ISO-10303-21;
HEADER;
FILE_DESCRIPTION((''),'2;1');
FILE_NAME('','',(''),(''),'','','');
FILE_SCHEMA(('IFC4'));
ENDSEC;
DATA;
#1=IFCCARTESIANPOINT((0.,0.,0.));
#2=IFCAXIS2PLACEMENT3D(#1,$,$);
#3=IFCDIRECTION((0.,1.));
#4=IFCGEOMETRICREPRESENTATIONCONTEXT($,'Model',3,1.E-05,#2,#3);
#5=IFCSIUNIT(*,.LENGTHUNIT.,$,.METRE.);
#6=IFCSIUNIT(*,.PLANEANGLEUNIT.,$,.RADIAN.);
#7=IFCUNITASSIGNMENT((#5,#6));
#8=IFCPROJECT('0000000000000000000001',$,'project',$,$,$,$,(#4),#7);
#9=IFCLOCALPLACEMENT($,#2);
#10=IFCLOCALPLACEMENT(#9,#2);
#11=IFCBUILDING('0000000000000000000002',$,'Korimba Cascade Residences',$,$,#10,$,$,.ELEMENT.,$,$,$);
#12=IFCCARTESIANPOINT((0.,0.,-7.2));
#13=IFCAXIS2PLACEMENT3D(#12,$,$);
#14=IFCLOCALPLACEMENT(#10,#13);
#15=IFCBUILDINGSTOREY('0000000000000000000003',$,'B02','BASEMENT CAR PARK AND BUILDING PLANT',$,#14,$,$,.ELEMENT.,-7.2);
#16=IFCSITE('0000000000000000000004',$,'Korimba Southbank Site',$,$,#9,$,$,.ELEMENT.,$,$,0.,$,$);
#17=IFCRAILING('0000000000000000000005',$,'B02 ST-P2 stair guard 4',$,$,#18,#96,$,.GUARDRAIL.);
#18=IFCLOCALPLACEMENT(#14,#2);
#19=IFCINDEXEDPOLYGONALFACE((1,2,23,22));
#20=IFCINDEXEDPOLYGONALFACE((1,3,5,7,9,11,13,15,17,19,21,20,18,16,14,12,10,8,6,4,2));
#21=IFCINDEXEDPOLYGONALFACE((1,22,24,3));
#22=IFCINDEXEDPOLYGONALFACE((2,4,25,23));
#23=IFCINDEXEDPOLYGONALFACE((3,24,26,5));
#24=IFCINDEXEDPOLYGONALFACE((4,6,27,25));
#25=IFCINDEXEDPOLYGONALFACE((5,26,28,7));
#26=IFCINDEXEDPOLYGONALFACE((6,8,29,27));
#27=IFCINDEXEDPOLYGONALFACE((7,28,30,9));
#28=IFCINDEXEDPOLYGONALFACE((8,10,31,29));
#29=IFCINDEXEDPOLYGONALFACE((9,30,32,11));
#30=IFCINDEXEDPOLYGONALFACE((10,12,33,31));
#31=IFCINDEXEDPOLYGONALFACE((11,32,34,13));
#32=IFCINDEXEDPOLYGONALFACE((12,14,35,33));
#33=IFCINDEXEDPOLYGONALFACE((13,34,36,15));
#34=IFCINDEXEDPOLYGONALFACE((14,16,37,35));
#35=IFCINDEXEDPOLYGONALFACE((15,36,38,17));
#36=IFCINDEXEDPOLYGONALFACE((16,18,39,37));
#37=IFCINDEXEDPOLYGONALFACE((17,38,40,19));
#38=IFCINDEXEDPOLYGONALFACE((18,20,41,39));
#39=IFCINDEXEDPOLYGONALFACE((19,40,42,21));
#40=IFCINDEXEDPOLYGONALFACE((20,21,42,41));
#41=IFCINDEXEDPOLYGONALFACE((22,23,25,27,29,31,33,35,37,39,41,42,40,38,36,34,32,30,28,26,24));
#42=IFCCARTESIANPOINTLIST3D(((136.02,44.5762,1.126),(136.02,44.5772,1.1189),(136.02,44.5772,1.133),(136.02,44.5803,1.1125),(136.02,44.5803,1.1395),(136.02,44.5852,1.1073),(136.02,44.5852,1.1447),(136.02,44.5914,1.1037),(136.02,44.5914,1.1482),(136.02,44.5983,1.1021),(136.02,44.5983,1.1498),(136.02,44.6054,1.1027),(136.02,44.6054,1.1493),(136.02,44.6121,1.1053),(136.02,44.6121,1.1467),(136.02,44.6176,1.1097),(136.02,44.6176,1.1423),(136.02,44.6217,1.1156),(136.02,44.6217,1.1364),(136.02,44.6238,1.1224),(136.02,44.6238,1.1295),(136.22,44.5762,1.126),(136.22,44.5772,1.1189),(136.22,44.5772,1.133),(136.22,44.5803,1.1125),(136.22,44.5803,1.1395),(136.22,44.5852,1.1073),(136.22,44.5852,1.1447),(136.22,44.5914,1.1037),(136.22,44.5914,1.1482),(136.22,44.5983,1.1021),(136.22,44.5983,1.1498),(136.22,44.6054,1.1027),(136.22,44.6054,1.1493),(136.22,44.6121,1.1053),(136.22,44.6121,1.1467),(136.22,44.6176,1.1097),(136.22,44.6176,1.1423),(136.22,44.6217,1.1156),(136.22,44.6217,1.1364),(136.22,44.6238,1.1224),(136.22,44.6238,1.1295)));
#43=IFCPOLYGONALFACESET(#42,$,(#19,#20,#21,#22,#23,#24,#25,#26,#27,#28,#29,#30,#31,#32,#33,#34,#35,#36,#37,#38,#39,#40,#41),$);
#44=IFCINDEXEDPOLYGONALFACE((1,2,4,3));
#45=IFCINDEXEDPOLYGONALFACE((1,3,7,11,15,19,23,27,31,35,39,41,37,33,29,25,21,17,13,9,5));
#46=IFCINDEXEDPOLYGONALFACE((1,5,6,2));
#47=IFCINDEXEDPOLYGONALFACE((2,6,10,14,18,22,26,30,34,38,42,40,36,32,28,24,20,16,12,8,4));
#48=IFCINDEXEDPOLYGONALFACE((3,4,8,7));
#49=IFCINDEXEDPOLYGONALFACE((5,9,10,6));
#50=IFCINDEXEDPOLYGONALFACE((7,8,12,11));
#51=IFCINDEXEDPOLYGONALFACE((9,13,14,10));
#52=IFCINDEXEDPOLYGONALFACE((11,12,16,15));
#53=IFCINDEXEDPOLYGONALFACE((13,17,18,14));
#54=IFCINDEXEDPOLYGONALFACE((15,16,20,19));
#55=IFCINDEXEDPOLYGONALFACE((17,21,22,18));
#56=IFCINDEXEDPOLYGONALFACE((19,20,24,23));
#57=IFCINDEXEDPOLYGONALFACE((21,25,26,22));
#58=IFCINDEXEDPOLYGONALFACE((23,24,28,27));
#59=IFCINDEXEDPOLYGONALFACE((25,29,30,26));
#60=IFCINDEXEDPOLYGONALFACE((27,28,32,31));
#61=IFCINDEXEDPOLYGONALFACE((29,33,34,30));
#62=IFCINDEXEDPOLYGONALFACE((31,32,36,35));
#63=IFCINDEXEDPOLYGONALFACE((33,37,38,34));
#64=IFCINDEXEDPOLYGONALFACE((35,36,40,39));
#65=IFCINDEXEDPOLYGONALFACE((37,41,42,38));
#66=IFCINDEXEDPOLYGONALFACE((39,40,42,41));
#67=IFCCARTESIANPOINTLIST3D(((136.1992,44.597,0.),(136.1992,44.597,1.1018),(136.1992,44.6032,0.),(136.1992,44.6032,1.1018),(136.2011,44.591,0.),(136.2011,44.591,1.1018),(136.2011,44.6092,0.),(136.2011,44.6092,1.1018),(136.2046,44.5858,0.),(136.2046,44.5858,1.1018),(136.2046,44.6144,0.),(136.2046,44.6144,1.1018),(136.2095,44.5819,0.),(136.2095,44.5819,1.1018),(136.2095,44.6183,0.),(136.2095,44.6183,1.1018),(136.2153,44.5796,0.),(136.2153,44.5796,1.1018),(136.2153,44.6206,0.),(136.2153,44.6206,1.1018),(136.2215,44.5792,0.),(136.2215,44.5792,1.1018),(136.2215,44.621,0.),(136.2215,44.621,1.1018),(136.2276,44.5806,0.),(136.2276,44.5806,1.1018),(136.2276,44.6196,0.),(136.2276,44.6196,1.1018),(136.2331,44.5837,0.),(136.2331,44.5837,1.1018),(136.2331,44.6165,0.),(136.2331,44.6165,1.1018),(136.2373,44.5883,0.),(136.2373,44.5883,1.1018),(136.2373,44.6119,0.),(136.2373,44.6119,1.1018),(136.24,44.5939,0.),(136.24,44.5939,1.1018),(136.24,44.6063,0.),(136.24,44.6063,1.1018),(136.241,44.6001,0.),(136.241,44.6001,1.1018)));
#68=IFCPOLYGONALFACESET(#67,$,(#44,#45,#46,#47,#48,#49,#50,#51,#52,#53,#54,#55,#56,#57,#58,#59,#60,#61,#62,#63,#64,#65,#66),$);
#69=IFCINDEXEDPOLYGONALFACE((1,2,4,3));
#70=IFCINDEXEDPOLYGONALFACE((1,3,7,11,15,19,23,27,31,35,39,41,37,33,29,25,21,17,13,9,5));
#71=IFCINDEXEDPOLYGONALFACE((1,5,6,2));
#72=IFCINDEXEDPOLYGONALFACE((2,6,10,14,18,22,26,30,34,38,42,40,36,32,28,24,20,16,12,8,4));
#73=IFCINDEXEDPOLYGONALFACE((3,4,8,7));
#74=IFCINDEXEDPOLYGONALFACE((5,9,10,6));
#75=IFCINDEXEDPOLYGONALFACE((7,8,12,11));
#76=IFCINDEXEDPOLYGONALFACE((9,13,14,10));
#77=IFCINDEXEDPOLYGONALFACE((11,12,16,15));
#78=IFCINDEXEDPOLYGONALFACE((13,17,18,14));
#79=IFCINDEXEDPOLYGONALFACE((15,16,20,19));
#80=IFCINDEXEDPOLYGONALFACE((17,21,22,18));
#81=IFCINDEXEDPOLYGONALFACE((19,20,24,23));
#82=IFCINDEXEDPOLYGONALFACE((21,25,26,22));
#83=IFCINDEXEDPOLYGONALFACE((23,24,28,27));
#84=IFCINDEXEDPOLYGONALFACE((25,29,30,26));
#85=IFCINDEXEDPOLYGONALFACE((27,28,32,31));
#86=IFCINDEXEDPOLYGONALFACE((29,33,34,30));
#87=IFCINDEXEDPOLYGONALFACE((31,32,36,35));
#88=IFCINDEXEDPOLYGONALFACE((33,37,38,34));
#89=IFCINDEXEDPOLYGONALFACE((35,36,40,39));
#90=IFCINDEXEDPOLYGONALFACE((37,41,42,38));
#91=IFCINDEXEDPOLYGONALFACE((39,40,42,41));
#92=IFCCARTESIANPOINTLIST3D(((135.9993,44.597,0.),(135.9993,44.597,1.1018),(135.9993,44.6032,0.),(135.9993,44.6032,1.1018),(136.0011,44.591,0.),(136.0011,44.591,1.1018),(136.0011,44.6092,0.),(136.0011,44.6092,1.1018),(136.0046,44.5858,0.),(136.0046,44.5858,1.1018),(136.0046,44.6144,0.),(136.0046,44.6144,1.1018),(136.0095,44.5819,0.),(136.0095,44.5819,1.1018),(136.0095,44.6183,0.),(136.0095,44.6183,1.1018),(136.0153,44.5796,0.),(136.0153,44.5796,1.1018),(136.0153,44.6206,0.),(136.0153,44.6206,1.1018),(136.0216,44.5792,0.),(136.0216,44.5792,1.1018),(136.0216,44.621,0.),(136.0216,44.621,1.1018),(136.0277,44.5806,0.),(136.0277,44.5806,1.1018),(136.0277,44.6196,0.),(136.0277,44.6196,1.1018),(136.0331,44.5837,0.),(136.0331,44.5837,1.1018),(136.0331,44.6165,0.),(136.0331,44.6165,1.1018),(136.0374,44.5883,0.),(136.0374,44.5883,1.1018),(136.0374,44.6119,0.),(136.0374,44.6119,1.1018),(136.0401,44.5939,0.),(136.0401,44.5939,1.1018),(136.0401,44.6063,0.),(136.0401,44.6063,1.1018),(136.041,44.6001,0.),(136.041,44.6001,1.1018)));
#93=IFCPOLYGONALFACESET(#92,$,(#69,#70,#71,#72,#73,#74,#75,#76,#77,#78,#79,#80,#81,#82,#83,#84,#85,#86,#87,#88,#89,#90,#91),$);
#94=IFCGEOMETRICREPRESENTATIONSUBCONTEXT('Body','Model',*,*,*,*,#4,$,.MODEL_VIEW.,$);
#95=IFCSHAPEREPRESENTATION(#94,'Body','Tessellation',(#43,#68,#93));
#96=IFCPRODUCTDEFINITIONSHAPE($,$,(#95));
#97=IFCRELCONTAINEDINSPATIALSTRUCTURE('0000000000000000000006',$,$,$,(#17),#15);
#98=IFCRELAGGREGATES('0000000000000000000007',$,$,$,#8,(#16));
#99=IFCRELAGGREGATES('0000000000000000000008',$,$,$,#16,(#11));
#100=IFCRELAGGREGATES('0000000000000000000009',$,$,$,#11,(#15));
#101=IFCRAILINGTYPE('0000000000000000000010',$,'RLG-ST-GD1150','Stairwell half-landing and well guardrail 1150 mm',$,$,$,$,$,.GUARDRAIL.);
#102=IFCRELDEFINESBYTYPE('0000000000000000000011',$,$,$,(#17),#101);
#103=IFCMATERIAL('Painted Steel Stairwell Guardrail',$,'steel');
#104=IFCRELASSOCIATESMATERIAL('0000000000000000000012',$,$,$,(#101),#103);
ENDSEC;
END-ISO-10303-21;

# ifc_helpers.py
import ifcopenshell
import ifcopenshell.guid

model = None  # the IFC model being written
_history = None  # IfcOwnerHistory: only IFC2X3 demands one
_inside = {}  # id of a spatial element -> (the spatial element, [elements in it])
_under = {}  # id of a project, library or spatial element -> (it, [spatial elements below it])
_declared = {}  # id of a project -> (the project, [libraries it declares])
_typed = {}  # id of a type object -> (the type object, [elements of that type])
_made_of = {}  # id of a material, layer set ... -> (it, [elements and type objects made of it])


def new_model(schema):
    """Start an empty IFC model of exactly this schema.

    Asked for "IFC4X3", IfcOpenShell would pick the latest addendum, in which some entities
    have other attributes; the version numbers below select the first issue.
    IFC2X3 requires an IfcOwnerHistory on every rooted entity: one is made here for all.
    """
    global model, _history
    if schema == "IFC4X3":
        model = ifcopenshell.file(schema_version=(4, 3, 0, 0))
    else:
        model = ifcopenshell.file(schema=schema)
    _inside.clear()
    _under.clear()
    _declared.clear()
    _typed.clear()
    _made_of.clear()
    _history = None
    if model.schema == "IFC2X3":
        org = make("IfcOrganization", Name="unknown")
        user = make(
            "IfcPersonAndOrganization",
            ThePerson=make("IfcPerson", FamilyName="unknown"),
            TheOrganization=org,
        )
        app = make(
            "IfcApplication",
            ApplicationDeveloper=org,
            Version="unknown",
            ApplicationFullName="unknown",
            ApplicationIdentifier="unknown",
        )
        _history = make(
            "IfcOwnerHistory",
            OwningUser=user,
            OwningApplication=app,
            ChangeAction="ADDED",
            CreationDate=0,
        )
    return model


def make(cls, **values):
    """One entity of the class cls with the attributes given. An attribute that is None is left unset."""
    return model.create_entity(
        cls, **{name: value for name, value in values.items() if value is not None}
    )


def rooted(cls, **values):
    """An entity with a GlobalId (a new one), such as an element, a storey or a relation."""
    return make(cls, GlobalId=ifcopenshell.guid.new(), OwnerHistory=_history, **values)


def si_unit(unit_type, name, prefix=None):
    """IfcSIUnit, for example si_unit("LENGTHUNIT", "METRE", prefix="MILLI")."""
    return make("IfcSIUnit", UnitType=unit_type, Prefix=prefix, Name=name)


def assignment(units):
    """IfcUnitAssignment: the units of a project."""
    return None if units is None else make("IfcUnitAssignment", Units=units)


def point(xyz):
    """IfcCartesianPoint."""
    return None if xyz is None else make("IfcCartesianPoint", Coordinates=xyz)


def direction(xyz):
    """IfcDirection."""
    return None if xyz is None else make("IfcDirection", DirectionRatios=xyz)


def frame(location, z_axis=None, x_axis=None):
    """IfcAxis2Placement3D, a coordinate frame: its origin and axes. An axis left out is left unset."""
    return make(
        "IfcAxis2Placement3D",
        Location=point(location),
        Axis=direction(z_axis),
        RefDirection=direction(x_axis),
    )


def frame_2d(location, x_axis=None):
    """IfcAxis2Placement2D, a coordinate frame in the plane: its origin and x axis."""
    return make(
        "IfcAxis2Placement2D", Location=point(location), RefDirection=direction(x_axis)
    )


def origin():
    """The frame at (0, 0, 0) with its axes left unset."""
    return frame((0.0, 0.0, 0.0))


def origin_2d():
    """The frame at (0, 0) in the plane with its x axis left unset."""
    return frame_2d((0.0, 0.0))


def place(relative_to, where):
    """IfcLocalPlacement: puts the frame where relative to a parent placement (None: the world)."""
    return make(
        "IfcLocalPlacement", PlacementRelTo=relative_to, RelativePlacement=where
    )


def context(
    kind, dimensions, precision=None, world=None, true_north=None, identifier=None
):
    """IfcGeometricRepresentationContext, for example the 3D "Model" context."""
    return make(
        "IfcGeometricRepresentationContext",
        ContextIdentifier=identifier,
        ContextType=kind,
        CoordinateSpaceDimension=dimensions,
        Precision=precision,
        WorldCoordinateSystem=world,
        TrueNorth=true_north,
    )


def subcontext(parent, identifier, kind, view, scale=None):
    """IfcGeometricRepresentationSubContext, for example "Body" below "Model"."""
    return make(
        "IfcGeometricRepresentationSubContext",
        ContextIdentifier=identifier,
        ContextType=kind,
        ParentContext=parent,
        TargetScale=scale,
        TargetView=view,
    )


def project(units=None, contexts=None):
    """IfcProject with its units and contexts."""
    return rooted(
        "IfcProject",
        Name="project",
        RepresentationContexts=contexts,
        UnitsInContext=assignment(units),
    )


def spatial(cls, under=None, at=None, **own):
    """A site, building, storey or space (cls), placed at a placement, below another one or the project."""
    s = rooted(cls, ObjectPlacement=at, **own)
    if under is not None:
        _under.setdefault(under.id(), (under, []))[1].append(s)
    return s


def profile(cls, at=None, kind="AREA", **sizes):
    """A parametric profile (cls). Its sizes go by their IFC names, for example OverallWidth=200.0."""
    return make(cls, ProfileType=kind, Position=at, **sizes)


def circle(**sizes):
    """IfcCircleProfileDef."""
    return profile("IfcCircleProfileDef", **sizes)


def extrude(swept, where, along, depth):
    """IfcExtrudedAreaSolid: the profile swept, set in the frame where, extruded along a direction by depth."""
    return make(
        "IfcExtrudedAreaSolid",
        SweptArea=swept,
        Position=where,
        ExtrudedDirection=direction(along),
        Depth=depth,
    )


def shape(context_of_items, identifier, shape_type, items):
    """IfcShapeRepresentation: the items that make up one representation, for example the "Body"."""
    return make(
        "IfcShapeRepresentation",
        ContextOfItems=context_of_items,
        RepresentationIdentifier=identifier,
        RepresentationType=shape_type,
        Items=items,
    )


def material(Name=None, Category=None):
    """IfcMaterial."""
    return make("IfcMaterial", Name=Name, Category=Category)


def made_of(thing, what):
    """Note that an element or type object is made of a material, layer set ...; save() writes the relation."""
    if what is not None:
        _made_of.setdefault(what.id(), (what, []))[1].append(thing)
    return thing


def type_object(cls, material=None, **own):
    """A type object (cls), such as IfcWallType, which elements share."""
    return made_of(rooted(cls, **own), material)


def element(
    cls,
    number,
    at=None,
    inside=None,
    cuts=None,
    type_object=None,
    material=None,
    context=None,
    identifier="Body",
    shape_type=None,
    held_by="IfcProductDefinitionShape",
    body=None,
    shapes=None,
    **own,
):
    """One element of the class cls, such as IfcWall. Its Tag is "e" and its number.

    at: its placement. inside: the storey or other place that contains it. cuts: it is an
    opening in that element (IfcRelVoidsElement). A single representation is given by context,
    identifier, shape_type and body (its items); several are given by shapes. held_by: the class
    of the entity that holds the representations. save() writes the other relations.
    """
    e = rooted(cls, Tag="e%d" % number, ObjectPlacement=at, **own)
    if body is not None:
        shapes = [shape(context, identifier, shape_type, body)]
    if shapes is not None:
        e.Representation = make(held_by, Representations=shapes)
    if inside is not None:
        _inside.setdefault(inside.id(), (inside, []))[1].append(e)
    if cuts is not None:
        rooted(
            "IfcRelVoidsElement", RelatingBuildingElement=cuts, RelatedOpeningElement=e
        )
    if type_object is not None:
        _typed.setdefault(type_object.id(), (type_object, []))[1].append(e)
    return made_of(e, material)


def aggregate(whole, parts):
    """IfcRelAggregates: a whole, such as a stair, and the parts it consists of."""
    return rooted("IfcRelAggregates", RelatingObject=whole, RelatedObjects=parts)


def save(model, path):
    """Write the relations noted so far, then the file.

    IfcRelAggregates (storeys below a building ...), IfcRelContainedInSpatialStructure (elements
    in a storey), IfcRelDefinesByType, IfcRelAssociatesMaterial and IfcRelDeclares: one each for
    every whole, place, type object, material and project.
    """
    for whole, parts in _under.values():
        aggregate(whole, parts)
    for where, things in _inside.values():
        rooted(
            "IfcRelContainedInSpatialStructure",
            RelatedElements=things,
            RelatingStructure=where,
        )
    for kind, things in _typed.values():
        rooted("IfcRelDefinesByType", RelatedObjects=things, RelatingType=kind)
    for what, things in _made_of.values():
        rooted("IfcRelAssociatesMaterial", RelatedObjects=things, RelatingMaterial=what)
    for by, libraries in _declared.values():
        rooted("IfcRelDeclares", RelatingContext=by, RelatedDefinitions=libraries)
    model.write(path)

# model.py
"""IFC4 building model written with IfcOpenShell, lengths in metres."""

from ifc_helpers import new_model, si_unit, direction, frame, origin, origin_2d, place, context, subcontext, project, spatial, circle, extrude, material, type_object, element, save


model = new_model("IFC4")

# Units and contexts
model_context = context("Model", 3, precision=1e-05, world=origin(), true_north=direction((0.0, 1.0)))
body_context = subcontext(model_context, "Body", "Model", "MODEL_VIEW")
ifc_project = project(units=[si_unit("LENGTHUNIT", "METRE"), si_unit("PLANEANGLEUNIT", "RADIAN")], contexts=[model_context])

# Site, building, storey
site_placement = place(None, origin())
site = spatial("IfcSite", under=ifc_project, at=site_placement, Name="Korimba Southbank Site", CompositionType="ELEMENT", RefElevation=0.0)
building_placement = place(site_placement, origin())
building = spatial("IfcBuilding", under=site, at=building_placement, Name="Korimba Cascade Residences", CompositionType="ELEMENT")
storey_placement = place(building_placement, frame((0.0, 0.0, -7.2)))
storey = spatial("IfcBuildingStorey", under=building, at=storey_placement, Name="B02", Description="BASEMENT CAR PARK AND BUILDING PLANT", CompositionType="ELEMENT", Elevation=-7.2)

# Railing
ifc_material_1 = material(Name="Painted Steel Stairwell Guardrail", Category="steel")
railing_type_1 = type_object("IfcRailingType", Name="RLG-ST-GD1150", Description="Stairwell half-landing and well guardrail 1150 mm", PredefinedType="GUARDRAIL", material=ifc_material_1)
railing_1_placement = place(storey_placement, frame((136.22, 44.6001, 0.0)))
element("IfcRailing", 1, at=railing_1_placement, inside=storey, type_object=railing_type_1, Name="B02 ST-P2 stair guard 4", PredefinedType="GUARDRAIL", context=body_context, shape_type="SweptSolid", body=[
    extrude(circle(Radius=0.0239, at=origin_2d()), frame((0.0, 0.0, 1.126), z_axis=(-1.0, 0.0, 0.0), x_axis=(0.0, -1.0, 0.0)), (0.0, 0.0, 1.0), 0.2),
    extrude(circle(Radius=0.021, at=origin_2d()), origin(), (0.0, 0.0, 1.0), 1.1018),
    extrude(circle(Radius=0.021, at=origin_2d()), frame((-0.2, 0.0, 0.0)), (0.0, 0.0, 1.0), 1.1018),
])

save(model, "model.ifc")
